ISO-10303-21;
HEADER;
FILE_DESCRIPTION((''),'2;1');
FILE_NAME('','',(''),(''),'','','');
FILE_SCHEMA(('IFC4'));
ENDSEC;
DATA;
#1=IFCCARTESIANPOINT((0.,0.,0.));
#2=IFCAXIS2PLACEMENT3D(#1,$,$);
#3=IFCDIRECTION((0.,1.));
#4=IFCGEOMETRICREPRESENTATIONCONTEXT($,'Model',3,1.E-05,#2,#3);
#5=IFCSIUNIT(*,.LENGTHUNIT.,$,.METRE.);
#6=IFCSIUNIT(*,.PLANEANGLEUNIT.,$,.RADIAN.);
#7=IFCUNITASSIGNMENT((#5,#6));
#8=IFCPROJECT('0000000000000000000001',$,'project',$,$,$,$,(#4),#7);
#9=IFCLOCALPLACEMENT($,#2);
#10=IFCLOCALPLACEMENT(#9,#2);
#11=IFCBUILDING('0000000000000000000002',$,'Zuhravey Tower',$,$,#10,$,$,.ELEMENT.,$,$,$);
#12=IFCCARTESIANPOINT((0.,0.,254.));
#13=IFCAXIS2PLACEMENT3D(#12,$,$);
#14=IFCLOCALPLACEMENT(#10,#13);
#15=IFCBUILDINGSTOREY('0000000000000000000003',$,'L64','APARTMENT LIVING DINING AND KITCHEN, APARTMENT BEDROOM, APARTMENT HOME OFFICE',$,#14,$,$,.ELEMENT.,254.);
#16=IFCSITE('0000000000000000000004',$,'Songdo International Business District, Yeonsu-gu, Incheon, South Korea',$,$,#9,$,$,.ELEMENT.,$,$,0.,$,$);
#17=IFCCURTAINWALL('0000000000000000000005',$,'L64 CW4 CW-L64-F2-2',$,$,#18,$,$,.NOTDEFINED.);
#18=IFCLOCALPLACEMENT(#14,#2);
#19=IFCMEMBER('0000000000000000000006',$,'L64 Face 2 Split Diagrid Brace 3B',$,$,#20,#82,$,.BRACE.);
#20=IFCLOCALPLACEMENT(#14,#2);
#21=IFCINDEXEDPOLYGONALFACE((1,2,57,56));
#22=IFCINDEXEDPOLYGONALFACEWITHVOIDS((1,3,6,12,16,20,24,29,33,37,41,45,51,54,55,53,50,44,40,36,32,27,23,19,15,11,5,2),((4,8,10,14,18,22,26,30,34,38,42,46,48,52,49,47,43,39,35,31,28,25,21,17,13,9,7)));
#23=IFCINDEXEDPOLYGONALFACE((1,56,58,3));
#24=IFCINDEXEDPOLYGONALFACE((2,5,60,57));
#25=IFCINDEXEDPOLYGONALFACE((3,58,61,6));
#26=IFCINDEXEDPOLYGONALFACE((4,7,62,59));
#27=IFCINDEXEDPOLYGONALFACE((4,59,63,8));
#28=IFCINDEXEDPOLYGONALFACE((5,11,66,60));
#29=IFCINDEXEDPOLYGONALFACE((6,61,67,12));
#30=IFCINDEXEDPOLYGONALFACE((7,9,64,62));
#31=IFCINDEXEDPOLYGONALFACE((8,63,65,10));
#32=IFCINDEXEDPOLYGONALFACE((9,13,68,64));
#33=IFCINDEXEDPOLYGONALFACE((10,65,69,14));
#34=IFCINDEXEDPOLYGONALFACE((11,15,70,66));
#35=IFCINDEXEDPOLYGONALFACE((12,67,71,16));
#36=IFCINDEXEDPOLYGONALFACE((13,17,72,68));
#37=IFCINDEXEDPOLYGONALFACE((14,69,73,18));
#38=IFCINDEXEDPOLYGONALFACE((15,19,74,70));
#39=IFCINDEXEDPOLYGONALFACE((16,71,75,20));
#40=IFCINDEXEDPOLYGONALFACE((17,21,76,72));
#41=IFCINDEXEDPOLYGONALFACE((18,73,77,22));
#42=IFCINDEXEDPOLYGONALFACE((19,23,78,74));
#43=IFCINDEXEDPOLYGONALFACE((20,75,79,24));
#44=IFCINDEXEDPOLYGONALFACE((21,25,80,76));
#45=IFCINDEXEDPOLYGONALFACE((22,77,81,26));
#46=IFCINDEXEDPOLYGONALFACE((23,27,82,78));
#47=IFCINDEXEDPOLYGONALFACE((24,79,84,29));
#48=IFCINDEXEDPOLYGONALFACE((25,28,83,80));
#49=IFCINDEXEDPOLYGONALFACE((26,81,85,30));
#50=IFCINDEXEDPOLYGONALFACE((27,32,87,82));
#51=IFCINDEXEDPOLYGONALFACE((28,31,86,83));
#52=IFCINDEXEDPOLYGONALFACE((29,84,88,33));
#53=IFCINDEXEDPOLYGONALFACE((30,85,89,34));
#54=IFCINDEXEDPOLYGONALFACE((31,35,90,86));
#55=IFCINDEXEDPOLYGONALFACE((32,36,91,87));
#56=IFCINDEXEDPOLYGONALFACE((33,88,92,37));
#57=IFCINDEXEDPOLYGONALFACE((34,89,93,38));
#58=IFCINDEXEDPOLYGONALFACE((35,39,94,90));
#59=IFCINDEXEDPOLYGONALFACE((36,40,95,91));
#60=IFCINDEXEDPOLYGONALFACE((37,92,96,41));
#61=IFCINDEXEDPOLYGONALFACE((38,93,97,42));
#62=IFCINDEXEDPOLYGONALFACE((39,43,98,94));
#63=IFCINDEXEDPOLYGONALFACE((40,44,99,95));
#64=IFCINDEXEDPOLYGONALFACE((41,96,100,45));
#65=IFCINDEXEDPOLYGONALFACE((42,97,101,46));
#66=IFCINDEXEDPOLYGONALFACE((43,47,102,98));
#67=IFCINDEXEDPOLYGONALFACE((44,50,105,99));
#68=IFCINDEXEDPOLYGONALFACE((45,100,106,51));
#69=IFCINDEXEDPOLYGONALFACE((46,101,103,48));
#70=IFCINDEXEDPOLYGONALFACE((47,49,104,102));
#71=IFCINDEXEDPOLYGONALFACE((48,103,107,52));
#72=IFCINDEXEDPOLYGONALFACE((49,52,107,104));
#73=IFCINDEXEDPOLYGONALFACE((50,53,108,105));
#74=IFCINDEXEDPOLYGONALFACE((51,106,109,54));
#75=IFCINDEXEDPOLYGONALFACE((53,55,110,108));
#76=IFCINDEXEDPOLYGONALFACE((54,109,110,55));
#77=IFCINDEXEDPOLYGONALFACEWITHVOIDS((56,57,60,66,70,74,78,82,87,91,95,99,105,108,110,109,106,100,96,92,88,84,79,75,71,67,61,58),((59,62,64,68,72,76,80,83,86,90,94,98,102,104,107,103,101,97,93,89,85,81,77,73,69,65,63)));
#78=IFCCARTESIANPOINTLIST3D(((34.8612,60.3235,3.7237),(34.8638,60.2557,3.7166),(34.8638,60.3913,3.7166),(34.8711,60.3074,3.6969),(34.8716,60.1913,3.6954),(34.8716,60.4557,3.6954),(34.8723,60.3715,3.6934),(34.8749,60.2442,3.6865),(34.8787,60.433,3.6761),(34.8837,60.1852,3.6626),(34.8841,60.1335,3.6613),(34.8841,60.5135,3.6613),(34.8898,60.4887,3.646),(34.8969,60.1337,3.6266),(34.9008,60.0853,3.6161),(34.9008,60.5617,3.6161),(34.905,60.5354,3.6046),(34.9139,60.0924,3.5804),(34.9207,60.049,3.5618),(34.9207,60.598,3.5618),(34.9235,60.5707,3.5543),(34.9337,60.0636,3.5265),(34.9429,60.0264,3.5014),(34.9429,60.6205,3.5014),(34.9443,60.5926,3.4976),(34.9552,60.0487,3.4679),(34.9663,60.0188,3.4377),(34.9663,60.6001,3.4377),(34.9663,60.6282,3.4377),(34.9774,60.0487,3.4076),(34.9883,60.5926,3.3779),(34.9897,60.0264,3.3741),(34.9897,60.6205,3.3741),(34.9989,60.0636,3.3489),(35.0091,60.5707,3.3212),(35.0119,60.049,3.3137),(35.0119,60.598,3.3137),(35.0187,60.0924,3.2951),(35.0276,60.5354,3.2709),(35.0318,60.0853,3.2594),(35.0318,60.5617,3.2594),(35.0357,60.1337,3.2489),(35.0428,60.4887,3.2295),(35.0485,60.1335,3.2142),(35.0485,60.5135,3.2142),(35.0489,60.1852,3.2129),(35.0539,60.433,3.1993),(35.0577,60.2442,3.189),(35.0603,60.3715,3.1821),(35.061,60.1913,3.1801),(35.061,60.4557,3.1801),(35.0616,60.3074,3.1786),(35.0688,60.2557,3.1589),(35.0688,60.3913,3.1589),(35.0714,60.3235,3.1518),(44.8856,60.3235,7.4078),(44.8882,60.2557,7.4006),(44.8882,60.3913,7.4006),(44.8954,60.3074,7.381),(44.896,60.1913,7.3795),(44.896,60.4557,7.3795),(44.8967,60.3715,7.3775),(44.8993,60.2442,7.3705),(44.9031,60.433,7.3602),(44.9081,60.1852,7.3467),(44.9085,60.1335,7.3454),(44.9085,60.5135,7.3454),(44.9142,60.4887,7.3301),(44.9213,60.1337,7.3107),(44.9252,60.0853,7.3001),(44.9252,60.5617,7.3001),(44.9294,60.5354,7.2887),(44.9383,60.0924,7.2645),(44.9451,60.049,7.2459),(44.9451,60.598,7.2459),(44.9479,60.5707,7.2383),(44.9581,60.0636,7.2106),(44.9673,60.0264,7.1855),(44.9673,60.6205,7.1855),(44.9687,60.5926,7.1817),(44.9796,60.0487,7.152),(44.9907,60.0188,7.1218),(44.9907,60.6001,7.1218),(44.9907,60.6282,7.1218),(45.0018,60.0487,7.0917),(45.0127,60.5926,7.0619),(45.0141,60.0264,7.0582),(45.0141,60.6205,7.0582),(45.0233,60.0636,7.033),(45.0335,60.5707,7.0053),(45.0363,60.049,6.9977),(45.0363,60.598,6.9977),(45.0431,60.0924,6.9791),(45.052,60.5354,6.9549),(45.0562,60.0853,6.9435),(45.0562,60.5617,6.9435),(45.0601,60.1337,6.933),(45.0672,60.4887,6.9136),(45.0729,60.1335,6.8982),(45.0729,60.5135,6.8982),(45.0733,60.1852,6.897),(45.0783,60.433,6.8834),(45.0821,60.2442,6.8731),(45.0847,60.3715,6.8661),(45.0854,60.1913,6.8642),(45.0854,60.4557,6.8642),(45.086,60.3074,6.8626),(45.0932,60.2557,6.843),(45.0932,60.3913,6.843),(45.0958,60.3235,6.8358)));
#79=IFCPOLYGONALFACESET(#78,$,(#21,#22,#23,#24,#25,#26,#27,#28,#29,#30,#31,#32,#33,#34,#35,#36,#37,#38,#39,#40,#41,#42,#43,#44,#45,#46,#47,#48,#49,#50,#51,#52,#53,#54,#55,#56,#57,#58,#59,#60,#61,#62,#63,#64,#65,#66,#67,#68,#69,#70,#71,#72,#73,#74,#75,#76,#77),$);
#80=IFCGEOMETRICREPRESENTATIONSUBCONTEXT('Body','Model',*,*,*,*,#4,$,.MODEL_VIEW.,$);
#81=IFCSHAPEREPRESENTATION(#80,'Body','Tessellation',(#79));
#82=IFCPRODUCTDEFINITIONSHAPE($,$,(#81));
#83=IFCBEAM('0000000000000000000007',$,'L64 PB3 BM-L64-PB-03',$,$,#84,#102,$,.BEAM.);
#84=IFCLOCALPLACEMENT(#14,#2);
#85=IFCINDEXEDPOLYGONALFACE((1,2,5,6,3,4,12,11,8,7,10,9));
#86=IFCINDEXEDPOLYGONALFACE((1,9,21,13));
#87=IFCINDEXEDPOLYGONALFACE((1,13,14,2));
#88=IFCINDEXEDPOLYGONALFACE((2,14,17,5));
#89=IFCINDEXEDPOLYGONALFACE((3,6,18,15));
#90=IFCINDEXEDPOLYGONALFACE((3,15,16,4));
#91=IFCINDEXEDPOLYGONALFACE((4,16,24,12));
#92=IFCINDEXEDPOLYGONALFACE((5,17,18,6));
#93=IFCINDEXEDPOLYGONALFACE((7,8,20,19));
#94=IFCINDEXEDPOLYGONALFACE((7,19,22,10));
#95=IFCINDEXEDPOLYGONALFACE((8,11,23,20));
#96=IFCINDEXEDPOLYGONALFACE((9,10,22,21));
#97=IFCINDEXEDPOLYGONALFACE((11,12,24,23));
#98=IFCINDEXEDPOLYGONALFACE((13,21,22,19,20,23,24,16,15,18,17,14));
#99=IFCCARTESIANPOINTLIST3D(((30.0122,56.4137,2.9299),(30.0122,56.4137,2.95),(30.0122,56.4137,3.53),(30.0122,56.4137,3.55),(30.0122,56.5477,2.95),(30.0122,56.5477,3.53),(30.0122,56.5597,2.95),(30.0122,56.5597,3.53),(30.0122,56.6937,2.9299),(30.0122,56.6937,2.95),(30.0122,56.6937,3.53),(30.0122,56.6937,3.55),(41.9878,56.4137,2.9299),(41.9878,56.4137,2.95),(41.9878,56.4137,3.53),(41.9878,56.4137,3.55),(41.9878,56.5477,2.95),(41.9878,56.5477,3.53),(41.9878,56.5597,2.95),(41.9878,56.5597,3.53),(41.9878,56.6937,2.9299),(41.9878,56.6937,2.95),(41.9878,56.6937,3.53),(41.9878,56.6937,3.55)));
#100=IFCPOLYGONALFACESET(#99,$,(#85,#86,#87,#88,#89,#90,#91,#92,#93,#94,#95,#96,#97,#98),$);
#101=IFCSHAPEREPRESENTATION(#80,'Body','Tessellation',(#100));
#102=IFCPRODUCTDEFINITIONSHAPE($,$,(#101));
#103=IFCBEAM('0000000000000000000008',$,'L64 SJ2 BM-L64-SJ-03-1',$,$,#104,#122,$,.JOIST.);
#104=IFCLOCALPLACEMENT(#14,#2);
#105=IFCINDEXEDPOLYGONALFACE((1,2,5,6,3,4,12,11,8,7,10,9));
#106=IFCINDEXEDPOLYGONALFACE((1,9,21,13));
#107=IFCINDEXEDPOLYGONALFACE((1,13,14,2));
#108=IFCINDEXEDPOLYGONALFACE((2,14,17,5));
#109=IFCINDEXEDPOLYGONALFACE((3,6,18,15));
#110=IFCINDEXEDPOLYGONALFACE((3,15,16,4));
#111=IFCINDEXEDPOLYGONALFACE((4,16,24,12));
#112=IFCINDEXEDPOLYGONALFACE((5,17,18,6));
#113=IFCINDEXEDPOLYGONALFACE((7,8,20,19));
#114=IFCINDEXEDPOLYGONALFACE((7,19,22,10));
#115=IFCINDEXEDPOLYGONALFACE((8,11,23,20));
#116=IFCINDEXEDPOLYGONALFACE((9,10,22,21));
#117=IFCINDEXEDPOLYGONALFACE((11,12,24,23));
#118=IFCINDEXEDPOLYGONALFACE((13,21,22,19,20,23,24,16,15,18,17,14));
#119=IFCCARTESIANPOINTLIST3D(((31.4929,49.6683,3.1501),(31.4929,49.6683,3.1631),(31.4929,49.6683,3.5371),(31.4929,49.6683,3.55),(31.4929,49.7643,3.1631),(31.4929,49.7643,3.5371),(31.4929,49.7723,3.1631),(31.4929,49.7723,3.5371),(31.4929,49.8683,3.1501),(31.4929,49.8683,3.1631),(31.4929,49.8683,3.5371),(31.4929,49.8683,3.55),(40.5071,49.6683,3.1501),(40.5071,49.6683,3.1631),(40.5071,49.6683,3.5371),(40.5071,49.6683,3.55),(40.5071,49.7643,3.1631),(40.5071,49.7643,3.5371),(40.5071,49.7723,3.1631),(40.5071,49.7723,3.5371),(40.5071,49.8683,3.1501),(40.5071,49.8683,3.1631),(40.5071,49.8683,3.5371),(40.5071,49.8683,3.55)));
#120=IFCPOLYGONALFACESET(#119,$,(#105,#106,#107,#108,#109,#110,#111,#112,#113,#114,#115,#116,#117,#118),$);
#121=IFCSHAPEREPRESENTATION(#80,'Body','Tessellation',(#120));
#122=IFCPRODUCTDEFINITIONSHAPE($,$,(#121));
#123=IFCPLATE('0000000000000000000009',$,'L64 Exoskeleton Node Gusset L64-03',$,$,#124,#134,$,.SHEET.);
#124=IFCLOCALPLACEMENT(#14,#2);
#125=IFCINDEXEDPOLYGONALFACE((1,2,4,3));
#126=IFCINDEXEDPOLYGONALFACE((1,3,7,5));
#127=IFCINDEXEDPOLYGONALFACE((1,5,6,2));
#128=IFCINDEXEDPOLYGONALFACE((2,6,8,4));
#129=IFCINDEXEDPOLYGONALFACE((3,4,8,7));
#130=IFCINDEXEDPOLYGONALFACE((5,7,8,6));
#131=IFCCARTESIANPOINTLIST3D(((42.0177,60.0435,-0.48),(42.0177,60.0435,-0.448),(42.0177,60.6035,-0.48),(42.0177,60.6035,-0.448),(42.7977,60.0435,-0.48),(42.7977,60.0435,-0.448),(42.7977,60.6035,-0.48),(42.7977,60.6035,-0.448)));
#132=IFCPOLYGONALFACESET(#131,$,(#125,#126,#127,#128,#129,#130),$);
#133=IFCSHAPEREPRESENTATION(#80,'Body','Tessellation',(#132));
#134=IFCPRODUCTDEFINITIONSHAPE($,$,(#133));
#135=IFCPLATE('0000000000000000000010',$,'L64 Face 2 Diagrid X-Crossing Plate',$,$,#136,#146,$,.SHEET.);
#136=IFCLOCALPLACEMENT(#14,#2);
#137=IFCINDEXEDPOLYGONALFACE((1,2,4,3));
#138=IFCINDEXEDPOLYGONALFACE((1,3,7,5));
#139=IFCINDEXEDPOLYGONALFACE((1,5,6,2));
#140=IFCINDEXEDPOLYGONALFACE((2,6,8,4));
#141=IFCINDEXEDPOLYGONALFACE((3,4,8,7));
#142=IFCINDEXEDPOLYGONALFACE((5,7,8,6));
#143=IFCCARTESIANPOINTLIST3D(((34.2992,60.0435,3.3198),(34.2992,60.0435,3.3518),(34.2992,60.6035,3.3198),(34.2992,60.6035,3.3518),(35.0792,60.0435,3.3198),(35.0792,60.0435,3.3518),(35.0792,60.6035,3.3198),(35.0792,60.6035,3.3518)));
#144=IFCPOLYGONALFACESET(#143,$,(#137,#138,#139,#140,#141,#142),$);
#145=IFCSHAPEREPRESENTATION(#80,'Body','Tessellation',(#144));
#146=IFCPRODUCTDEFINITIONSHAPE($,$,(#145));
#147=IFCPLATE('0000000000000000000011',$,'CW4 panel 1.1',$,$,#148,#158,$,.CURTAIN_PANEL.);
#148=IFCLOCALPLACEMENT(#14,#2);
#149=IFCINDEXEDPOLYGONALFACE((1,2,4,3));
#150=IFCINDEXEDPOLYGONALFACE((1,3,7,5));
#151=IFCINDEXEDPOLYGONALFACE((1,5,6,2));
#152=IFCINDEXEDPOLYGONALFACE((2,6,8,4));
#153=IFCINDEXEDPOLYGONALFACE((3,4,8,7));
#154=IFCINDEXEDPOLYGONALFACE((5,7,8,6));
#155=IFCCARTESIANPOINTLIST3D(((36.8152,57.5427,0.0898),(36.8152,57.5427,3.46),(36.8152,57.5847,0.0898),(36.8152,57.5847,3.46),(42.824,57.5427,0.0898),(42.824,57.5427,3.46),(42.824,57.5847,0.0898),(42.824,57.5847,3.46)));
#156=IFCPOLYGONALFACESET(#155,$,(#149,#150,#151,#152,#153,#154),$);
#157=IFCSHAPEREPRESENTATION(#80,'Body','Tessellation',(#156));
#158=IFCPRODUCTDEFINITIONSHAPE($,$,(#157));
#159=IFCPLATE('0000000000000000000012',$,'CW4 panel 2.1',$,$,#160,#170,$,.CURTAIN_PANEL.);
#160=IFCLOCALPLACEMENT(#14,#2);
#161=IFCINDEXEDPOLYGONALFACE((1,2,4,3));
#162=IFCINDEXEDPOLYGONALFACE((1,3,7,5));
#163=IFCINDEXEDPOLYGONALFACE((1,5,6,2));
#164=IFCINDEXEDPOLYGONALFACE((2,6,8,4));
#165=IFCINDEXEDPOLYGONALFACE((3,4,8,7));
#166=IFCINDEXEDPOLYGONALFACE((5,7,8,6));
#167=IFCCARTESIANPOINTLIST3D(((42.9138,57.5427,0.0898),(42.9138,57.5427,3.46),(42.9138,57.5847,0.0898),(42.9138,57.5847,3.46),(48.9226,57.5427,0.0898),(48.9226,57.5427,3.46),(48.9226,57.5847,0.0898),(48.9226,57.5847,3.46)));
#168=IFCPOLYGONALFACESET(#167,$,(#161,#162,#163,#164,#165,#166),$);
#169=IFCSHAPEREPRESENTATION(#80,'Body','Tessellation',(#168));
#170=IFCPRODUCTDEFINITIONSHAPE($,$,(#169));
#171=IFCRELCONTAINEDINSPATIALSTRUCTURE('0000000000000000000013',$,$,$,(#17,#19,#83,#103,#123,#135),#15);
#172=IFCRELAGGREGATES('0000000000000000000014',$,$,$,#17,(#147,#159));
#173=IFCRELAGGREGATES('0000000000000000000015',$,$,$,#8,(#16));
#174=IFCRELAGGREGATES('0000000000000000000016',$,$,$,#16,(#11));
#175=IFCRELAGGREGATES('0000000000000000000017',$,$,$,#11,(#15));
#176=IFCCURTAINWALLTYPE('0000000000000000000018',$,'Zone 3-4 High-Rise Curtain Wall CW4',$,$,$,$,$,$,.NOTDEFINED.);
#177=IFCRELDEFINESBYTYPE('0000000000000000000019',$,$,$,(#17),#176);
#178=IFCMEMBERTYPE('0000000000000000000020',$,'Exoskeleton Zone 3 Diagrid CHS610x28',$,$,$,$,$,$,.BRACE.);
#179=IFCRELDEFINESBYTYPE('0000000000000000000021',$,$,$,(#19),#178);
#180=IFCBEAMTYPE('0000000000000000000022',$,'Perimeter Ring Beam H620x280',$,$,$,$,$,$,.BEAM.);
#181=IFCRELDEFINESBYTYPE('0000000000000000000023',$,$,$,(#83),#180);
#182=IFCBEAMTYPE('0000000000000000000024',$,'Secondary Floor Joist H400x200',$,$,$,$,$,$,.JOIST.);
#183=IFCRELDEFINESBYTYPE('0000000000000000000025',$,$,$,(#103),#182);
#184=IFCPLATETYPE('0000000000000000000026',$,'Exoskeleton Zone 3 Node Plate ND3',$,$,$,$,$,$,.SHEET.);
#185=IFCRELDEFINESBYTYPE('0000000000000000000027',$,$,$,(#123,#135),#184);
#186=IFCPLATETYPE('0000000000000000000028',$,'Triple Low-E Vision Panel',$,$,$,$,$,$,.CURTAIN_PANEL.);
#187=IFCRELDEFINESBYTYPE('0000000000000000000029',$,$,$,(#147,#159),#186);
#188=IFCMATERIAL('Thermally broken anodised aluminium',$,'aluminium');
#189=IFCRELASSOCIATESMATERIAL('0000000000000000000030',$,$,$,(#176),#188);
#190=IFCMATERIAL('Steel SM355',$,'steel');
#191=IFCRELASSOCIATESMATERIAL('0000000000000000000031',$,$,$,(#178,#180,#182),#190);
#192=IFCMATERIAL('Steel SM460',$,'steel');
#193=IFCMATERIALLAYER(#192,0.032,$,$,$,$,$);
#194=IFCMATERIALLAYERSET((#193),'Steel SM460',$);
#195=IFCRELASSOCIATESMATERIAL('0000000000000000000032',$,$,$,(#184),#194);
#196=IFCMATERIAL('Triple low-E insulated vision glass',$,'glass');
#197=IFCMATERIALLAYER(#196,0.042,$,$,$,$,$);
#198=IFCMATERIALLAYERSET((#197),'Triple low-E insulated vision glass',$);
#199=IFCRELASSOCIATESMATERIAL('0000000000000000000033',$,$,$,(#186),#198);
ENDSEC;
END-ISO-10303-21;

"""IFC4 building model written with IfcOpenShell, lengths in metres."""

from ifc_helpers import new_model, si_unit, direction, frame, origin, origin_2d, place, context, subcontext, project, spatial, rectangle, hollow_circle, i_section, extrude, material, layer, layer_set, material_profile, profile_set, type_object, element, aggregate, save


model = new_model("IFC4")

# Units and contexts
model_context = context("Model", 3, precision=1e-05, world=origin(), true_north=direction((0.0, 1.0)))
body_context = subcontext(model_context, "Body", "Model", "MODEL_VIEW")
ifc_project = project(units=[si_unit("LENGTHUNIT", "METRE"), si_unit("PLANEANGLEUNIT", "RADIAN")], contexts=[model_context])

# Site, building, storey
site_placement = place(None, origin())
site = spatial("IfcSite", under=ifc_project, at=site_placement, Name="Songdo International Business District, Yeonsu-gu, Incheon, South Korea", CompositionType="ELEMENT", RefElevation=0.0)
building_placement = place(site_placement, origin())
building = spatial("IfcBuilding", under=site, at=building_placement, Name="Zuhravey Tower", CompositionType="ELEMENT")
storey_placement = place(building_placement, frame((0.0, 0.0, 254.0)))
storey = spatial("IfcBuildingStorey", under=building, at=storey_placement, Name="L64", Description="APARTMENT LIVING DINING AND KITCHEN, APARTMENT BEDROOM, APARTMENT HOME OFFICE", CompositionType="ELEMENT", Elevation=254.0)

# Shared definitions
ifc_material_1 = material(Name="Thermally broken anodised aluminium", Category="aluminium")
curtain_wall_type = type_object("IfcCurtainWallType", Name="Zone 3-4 High-Rise Curtain Wall CW4", PredefinedType="NOTDEFINED", material=ifc_material_1)

# Curtain wall
curtain_wall_1_placement = place(storey_placement, origin())
curtain_wall_1 = element("IfcCurtainWall", 1, at=curtain_wall_1_placement, inside=storey, type_object=curtain_wall_type, Name="L64 CW4 CW-L64-F2-2", PredefinedType="NOTDEFINED")

# Member
ifc_material_2 = material(Name="Steel SM355", Category="steel")
ifc_material_profile_1 = material_profile(ifc_material_2, hollow_circle(Radius=0.3047, WallThickness=0.0281, at=origin_2d()), Name="CHS-609.6x28")
ifc_profile_set_1 = profile_set([ifc_material_profile_1], Name="Steel SM355")
member_type_1 = type_object("IfcMemberType", Name="Exoskeleton Zone 3 Diagrid CHS610x28", PredefinedType="BRACE", material=ifc_profile_set_1)
member_1_placement = place(storey_placement, frame((34.9663, 60.3235, 3.4377), z_axis=(0.93862, 0.0, 0.344953), x_axis=(0.0, 1.0, 0.0)))
element("IfcMember", 2, at=member_1_placement, inside=storey, type_object=member_type_1, Name="L64 Face 2 Split Diagrid Brace 3B", PredefinedType="BRACE", context=body_context, shape_type="SweptSolid", body=[
    extrude(hollow_circle(Radius=0.3047, WallThickness=0.0281, at=origin_2d()), origin(), (0.0, 0.0, 1.0), 10.6799),
])

# Beams
ifc_material_profile_2 = material_profile(ifc_material_2, i_section(OverallWidth=0.28, OverallDepth=0.6201, WebThickness=0.012, FlangeThickness=0.02, at=origin_2d()), Name="H-620x280x12x20")
ifc_profile_set_2 = profile_set([ifc_material_profile_2], Name="Steel SM355")
beam_type_1 = type_object("IfcBeamType", Name="Perimeter Ring Beam H620x280", PredefinedType="BEAM", material=ifc_profile_set_2)
beam_1_placement = place(storey_placement, frame((41.9878, 56.5537, 3.24), z_axis=(-1.0, 0.0, 0.0), x_axis=(0.0, -1.0, 0.0)))
element("IfcBeam", 3, at=beam_1_placement, inside=storey, type_object=beam_type_1, Name="L64 PB3 BM-L64-PB-03", PredefinedType="BEAM", context=body_context, shape_type="SweptSolid", body=[
    extrude(i_section(OverallWidth=0.28, OverallDepth=0.6201, WebThickness=0.012, FlangeThickness=0.02, at=origin_2d()), origin(), (0.0, 0.0, 1.0), 11.9756),
])
ifc_material_profile_3 = material_profile(ifc_material_2, i_section(OverallWidth=0.2, OverallDepth=0.3999, WebThickness=0.0081, FlangeThickness=0.0129, at=origin_2d()), Name="H-400x200x8x13")
ifc_profile_set_3 = profile_set([ifc_material_profile_3], Name="Steel SM355")
beam_type_2 = type_object("IfcBeamType", Name="Secondary Floor Joist H400x200", PredefinedType="JOIST", material=ifc_profile_set_3)
beam_2_placement = place(storey_placement, frame((40.5071, 49.7683, 3.3501), z_axis=(-1.0, 0.0, 0.0), x_axis=(0.0, -1.0, 0.0)))
element("IfcBeam", 4, at=beam_2_placement, inside=storey, type_object=beam_type_2, Name="L64 SJ2 BM-L64-SJ-03-1", PredefinedType="JOIST", context=body_context, shape_type="SweptSolid", body=[
    extrude(i_section(OverallWidth=0.2, OverallDepth=0.3999, WebThickness=0.0081, FlangeThickness=0.0129, at=origin_2d()), origin(), (0.0, 0.0, 1.0), 9.0142),
])

# Plates
ifc_material_3 = material(Name="Steel SM460", Category="steel")
ifc_layer_1 = layer(ifc_material_3, 0.032)
ifc_layer_set_1 = layer_set([ifc_layer_1], Name="Steel SM460")
plate_type_1 = type_object("IfcPlateType", Name="Exoskeleton Zone 3 Node Plate ND3", PredefinedType="SHEET", material=ifc_layer_set_1)
for number, where, z_axis, x_axis, name in (
    (5, (42.4077, 60.3235, -0.48), (0.0, 0.0, 1.0), (-1.0, 0.0, 0.0), "L64 Exoskeleton Node Gusset L64-03"),
    (6, (34.6892, 60.3235, 3.3198), (0.0, 0.0, 1.0), (-1.0, 0.0, 0.0), "L64 Face 2 Diagrid X-Crossing Plate"),
):
    element("IfcPlate", number, at=place(storey_placement, frame(where, z_axis=z_axis, x_axis=x_axis)), inside=storey, type_object=plate_type_1, Name=name, PredefinedType="SHEET", context=body_context, shape_type="SweptSolid", body=[
        extrude(rectangle(XDim=0.78, YDim=0.5601, at=origin_2d()), origin(), (0.0, 0.0, 1.0), 0.032),
    ])

# Plates
ifc_material_4 = material(Name="Triple low-E insulated vision glass", Category="glass")
ifc_layer_2 = layer(ifc_material_4, 0.042)
ifc_layer_set_2 = layer_set([ifc_layer_2], Name="Triple low-E insulated vision glass")
plate_type_2 = type_object("IfcPlateType", Name="Triple Low-E Vision Panel", PredefinedType="CURTAIN_PANEL", material=ifc_layer_set_2)
plate_1_placement = place(storey_placement, frame((39.8196, 57.5637, 0.0898), z_axis=(0.0, 0.0, 1.0), x_axis=(1.0, 0.0, 0.0)))
plate_1 = element("IfcPlate", 7, at=plate_1_placement, type_object=plate_type_2, Name="CW4 panel 1.1", PredefinedType="CURTAIN_PANEL", context=body_context, shape_type="SweptSolid", body=[
    extrude(rectangle(XDim=6.0088, YDim=0.042, at=origin_2d()), origin(), (0.0, 0.0, 1.0), 3.3701),
])
plate_2_placement = place(storey_placement, frame((45.9182, 57.5637, 0.0898), z_axis=(0.0, 0.0, 1.0), x_axis=(1.0, 0.0, 0.0)))
plate_2 = element("IfcPlate", 8, at=plate_2_placement, type_object=plate_type_2, Name="CW4 panel 2.1", PredefinedType="CURTAIN_PANEL", context=body_context, shape_type="SweptSolid", body=[
    extrude(rectangle(XDim=6.0088, YDim=0.042, at=origin_2d()), origin(), (0.0, 0.0, 1.0), 3.3701),
])
aggregate(curtain_wall_1, [plate_1, plate_2])

save(model, "model.ifc")
